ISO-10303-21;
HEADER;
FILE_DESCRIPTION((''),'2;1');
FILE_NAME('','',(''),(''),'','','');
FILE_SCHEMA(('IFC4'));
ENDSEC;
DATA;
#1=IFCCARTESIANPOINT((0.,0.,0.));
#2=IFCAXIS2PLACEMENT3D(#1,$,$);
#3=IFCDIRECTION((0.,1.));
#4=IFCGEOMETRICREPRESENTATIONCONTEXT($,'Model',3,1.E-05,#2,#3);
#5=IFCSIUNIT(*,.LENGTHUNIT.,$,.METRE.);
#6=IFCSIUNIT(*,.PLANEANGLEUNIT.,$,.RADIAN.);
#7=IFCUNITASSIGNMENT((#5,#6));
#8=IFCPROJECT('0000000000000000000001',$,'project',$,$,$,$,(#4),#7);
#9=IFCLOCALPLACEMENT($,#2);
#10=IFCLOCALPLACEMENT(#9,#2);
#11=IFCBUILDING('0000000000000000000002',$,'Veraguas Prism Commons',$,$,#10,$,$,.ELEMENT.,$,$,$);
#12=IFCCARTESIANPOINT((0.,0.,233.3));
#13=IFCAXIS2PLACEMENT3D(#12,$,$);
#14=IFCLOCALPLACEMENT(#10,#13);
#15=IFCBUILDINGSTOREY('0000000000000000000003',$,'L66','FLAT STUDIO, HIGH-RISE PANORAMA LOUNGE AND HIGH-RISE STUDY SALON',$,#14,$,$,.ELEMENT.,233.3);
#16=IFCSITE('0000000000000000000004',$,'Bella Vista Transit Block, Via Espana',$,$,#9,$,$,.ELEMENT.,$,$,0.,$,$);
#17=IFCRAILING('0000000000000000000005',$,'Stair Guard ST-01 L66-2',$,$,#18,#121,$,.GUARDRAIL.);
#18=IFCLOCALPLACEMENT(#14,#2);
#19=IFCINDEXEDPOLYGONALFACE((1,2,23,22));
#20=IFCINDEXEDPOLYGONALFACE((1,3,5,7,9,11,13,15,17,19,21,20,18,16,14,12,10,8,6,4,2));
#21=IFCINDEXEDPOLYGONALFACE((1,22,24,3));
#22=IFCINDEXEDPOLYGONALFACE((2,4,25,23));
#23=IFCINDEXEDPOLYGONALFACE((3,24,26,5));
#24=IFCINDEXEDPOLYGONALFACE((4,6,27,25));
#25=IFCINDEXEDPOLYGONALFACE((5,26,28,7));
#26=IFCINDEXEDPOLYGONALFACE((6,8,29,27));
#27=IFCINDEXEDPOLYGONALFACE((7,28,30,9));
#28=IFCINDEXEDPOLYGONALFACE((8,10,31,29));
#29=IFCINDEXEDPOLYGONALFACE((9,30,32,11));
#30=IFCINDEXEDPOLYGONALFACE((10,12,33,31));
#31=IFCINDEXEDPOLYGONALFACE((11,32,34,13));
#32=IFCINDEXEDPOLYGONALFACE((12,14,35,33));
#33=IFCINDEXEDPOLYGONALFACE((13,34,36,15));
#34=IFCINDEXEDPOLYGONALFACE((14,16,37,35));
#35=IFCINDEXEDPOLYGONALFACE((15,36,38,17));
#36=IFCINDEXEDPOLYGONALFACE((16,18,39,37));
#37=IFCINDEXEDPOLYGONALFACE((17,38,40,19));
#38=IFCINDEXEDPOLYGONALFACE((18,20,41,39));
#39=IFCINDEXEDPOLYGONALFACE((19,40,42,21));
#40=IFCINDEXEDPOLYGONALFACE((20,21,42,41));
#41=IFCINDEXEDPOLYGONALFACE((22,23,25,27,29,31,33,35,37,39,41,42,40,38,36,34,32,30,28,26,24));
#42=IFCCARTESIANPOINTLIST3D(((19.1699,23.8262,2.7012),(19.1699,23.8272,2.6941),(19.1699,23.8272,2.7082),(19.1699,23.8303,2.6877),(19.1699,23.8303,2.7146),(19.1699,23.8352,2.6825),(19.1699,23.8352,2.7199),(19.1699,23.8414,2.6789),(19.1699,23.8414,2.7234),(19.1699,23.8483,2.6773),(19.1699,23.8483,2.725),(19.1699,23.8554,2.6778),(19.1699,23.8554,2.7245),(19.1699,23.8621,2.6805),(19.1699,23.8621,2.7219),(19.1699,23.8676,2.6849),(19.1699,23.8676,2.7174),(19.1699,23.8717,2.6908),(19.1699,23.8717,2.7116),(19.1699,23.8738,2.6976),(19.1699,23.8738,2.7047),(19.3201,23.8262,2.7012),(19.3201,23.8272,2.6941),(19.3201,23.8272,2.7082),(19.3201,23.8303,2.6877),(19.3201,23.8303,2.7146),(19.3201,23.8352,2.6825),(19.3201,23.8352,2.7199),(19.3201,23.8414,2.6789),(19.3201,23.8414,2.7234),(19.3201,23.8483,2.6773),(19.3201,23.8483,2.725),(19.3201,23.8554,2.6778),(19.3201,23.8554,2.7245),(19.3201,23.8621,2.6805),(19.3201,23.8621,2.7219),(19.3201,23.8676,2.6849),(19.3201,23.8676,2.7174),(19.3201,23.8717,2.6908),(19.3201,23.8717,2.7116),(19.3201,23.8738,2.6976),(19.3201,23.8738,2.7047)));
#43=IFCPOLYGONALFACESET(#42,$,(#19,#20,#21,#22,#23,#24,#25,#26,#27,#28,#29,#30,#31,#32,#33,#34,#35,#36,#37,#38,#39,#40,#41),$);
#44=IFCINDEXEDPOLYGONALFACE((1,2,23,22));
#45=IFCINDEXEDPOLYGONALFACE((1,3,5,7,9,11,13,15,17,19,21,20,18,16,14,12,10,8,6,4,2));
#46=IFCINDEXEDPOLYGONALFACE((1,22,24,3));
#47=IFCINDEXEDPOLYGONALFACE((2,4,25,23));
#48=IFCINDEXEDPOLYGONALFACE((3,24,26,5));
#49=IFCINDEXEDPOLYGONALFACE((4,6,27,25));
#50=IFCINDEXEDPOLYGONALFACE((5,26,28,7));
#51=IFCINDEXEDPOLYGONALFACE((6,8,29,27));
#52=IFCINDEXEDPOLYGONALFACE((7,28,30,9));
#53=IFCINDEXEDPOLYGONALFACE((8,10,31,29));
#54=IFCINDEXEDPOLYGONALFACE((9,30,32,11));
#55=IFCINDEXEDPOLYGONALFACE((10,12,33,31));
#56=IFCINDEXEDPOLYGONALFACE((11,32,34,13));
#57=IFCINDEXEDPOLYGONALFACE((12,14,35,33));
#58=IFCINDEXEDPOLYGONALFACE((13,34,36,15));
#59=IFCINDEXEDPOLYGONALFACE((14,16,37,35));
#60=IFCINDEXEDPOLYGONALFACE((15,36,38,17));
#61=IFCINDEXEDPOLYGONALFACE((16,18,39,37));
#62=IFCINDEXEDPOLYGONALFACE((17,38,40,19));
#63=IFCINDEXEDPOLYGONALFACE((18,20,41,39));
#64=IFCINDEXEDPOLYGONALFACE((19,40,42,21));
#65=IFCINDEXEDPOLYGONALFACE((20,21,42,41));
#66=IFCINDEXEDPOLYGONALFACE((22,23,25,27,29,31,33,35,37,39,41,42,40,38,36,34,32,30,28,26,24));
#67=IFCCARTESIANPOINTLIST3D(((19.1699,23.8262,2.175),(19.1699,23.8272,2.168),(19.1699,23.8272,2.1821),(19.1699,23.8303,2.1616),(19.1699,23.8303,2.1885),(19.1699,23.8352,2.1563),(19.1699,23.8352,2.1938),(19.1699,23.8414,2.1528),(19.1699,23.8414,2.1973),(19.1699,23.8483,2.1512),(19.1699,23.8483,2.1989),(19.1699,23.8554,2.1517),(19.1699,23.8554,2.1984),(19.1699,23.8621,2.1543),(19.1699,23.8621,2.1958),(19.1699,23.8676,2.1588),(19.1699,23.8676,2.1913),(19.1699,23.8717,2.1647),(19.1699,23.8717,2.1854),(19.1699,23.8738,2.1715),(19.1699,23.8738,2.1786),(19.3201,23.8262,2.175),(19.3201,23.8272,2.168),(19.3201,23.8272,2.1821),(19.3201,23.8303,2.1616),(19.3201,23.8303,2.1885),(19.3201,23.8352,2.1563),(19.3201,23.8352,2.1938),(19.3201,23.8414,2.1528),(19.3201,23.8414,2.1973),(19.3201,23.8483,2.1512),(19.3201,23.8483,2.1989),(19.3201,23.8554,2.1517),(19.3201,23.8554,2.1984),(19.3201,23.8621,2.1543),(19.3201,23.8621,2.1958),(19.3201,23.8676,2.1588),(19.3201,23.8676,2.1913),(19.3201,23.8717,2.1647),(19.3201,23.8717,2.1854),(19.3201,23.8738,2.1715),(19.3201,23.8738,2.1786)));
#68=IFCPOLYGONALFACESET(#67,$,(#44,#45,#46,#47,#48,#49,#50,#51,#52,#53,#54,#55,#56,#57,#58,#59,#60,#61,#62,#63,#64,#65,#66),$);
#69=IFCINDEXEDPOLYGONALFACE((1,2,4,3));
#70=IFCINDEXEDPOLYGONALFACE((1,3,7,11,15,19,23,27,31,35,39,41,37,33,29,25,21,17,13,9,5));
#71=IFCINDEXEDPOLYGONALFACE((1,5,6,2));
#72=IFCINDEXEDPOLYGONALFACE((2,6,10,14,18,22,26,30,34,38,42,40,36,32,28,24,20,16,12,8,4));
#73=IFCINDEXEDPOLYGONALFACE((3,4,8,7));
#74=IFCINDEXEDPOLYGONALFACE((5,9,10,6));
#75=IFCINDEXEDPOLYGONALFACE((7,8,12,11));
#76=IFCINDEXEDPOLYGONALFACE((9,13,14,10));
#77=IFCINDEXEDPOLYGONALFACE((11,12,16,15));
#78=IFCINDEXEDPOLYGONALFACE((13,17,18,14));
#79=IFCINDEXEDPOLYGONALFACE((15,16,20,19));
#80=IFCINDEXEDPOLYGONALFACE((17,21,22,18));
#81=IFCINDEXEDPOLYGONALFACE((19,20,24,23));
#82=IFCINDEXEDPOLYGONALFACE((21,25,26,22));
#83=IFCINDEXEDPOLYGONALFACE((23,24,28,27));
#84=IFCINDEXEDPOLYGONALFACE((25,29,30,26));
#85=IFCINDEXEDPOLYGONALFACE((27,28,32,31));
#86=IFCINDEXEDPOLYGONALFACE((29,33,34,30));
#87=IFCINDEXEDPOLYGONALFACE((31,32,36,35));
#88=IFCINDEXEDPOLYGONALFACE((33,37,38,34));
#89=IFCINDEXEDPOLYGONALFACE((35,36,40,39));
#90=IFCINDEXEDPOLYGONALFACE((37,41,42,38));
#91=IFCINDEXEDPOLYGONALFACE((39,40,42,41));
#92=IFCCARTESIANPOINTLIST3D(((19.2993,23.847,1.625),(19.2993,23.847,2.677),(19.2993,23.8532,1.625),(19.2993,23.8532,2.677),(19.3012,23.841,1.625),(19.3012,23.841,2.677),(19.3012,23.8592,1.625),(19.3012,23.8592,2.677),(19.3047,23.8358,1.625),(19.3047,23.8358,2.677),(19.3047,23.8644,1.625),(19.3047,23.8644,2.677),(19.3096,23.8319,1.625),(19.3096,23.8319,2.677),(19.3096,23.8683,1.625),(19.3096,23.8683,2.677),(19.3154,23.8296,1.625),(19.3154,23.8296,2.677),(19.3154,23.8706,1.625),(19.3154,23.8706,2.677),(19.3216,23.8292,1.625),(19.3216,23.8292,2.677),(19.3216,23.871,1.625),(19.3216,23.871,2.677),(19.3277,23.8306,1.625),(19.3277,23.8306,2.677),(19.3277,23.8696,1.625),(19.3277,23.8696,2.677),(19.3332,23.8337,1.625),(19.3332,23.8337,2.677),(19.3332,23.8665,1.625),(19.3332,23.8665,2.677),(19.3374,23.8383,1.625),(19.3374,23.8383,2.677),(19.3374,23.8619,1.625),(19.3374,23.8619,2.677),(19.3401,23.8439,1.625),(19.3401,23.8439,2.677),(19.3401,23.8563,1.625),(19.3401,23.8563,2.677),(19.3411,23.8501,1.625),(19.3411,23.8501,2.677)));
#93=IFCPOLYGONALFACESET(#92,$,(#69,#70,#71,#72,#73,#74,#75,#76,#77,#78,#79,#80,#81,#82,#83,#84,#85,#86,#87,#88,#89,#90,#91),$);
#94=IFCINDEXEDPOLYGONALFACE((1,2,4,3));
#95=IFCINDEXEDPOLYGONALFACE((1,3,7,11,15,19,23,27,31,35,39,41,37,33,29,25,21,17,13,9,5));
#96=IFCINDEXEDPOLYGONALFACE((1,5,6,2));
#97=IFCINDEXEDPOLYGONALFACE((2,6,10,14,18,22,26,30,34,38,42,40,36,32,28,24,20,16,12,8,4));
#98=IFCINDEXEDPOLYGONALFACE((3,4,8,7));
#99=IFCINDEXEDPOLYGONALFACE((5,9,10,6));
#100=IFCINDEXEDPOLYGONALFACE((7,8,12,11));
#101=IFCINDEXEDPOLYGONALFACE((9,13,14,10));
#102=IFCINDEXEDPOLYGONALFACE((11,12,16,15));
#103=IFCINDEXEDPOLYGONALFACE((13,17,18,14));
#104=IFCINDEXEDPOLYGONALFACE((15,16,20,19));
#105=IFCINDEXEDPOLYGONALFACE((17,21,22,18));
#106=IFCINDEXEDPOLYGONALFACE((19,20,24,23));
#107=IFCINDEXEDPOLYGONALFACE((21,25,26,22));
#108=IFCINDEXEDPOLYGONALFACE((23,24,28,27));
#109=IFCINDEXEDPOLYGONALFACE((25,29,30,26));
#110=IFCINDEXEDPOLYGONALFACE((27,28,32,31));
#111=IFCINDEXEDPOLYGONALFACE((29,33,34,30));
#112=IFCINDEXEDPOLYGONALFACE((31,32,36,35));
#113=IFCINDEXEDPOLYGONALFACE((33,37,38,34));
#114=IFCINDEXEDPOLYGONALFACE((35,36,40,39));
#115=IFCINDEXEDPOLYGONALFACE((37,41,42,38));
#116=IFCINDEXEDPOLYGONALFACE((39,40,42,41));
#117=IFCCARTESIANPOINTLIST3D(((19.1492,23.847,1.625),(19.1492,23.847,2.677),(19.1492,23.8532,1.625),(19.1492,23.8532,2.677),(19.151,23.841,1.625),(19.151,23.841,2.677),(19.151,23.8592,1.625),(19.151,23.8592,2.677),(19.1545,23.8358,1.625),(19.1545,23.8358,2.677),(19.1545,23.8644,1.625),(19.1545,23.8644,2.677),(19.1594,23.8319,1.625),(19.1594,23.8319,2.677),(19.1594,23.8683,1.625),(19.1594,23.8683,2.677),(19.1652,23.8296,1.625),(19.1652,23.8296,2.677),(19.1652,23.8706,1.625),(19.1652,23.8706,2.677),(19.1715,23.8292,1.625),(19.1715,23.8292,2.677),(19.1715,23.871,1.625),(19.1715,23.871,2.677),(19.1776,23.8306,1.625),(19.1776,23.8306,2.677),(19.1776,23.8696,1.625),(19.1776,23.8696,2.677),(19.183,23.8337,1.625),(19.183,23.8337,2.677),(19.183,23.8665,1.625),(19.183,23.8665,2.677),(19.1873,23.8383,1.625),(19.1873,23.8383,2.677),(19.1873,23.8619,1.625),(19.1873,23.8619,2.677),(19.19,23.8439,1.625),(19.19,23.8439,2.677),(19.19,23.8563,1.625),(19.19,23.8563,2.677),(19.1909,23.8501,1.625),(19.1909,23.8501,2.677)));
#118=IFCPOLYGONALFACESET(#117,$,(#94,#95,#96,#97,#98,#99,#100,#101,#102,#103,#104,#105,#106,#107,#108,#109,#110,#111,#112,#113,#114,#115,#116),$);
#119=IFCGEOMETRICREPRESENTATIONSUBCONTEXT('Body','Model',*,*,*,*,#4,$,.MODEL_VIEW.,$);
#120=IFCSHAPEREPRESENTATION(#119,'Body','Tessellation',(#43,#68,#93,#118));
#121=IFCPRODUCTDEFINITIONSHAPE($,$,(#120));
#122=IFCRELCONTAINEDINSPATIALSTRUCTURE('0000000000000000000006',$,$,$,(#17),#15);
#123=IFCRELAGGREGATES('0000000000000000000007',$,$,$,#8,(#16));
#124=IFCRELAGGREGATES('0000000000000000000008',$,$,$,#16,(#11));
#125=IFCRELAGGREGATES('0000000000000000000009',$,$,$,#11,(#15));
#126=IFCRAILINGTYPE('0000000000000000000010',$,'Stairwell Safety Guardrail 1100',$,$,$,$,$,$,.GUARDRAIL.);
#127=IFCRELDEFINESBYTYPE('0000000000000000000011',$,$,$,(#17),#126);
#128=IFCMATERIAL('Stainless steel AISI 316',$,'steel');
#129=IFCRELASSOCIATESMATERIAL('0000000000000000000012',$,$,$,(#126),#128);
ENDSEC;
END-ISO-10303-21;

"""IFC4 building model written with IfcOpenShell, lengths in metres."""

from ifc_helpers import new_model, si_unit, direction, frame, origin, origin_2d, place, context, subcontext, project, spatial, circle, extrude, material, type_object, element, save


model = new_model("IFC4")

# Units and contexts
model_context = context("Model", 3, precision=1e-05, world=origin(), true_north=direction((0.0, 1.0)))
body_context = subcontext(model_context, "Body", "Model", "MODEL_VIEW")
ifc_project = project(units=[si_unit("LENGTHUNIT", "METRE"), si_unit("PLANEANGLEUNIT", "RADIAN")], contexts=[model_context])

# Site, building, storey
site_placement = place(None, origin())
site = spatial("IfcSite", under=ifc_project, at=site_placement, Name="Bella Vista Transit Block, Via Espana", CompositionType="ELEMENT", RefElevation=0.0)
building_placement = place(site_placement, origin())
building = spatial("IfcBuilding", under=site, at=building_placement, Name="Veraguas Prism Commons", CompositionType="ELEMENT")
storey_placement = place(building_placement, frame((0.0, 0.0, 233.3)))
storey = spatial("IfcBuildingStorey", under=building, at=storey_placement, Name="L66", Description="FLAT STUDIO, HIGH-RISE PANORAMA LOUNGE AND HIGH-RISE STUDY SALON", CompositionType="ELEMENT", Elevation=233.3)

# Railing
ifc_material_1 = material(Name="Stainless steel AISI 316", Category="steel")
railing_type_1 = type_object("IfcRailingType", Name="Stairwell Safety Guardrail 1100", PredefinedType="GUARDRAIL", material=ifc_material_1)
railing_1_placement = place(storey_placement, frame((19.3201, 23.8501, 1.625)))
element("IfcRailing", 1, at=railing_1_placement, inside=storey, type_object=railing_type_1, Name="Stair Guard ST-01 L66-2", PredefinedType="GUARDRAIL", context=body_context, shape_type="SweptSolid", body=[
    extrude(circle(Radius=0.0239, at=origin_2d()), frame((0.0, 0.0, 1.0762), z_axis=(-1.0, 0.0, 0.0), x_axis=(0.0, -1.0, 0.0)), (0.0, 0.0, 1.0), 0.1501),
    extrude(circle(Radius=0.0239, at=origin_2d()), frame((0.0, 0.0, 0.55), z_axis=(-1.0, 0.0, 0.0), x_axis=(0.0, -1.0, 0.0)), (0.0, 0.0, 1.0), 0.1501),
    extrude(circle(Radius=0.021, at=origin_2d()), origin(), (0.0, 0.0, 1.0), 1.052),
    extrude(circle(Radius=0.021, at=origin_2d()), frame((-0.1501, 0.0, 0.0)), (0.0, 0.0, 1.0), 1.052),
])

save(model, "model.ifc")
